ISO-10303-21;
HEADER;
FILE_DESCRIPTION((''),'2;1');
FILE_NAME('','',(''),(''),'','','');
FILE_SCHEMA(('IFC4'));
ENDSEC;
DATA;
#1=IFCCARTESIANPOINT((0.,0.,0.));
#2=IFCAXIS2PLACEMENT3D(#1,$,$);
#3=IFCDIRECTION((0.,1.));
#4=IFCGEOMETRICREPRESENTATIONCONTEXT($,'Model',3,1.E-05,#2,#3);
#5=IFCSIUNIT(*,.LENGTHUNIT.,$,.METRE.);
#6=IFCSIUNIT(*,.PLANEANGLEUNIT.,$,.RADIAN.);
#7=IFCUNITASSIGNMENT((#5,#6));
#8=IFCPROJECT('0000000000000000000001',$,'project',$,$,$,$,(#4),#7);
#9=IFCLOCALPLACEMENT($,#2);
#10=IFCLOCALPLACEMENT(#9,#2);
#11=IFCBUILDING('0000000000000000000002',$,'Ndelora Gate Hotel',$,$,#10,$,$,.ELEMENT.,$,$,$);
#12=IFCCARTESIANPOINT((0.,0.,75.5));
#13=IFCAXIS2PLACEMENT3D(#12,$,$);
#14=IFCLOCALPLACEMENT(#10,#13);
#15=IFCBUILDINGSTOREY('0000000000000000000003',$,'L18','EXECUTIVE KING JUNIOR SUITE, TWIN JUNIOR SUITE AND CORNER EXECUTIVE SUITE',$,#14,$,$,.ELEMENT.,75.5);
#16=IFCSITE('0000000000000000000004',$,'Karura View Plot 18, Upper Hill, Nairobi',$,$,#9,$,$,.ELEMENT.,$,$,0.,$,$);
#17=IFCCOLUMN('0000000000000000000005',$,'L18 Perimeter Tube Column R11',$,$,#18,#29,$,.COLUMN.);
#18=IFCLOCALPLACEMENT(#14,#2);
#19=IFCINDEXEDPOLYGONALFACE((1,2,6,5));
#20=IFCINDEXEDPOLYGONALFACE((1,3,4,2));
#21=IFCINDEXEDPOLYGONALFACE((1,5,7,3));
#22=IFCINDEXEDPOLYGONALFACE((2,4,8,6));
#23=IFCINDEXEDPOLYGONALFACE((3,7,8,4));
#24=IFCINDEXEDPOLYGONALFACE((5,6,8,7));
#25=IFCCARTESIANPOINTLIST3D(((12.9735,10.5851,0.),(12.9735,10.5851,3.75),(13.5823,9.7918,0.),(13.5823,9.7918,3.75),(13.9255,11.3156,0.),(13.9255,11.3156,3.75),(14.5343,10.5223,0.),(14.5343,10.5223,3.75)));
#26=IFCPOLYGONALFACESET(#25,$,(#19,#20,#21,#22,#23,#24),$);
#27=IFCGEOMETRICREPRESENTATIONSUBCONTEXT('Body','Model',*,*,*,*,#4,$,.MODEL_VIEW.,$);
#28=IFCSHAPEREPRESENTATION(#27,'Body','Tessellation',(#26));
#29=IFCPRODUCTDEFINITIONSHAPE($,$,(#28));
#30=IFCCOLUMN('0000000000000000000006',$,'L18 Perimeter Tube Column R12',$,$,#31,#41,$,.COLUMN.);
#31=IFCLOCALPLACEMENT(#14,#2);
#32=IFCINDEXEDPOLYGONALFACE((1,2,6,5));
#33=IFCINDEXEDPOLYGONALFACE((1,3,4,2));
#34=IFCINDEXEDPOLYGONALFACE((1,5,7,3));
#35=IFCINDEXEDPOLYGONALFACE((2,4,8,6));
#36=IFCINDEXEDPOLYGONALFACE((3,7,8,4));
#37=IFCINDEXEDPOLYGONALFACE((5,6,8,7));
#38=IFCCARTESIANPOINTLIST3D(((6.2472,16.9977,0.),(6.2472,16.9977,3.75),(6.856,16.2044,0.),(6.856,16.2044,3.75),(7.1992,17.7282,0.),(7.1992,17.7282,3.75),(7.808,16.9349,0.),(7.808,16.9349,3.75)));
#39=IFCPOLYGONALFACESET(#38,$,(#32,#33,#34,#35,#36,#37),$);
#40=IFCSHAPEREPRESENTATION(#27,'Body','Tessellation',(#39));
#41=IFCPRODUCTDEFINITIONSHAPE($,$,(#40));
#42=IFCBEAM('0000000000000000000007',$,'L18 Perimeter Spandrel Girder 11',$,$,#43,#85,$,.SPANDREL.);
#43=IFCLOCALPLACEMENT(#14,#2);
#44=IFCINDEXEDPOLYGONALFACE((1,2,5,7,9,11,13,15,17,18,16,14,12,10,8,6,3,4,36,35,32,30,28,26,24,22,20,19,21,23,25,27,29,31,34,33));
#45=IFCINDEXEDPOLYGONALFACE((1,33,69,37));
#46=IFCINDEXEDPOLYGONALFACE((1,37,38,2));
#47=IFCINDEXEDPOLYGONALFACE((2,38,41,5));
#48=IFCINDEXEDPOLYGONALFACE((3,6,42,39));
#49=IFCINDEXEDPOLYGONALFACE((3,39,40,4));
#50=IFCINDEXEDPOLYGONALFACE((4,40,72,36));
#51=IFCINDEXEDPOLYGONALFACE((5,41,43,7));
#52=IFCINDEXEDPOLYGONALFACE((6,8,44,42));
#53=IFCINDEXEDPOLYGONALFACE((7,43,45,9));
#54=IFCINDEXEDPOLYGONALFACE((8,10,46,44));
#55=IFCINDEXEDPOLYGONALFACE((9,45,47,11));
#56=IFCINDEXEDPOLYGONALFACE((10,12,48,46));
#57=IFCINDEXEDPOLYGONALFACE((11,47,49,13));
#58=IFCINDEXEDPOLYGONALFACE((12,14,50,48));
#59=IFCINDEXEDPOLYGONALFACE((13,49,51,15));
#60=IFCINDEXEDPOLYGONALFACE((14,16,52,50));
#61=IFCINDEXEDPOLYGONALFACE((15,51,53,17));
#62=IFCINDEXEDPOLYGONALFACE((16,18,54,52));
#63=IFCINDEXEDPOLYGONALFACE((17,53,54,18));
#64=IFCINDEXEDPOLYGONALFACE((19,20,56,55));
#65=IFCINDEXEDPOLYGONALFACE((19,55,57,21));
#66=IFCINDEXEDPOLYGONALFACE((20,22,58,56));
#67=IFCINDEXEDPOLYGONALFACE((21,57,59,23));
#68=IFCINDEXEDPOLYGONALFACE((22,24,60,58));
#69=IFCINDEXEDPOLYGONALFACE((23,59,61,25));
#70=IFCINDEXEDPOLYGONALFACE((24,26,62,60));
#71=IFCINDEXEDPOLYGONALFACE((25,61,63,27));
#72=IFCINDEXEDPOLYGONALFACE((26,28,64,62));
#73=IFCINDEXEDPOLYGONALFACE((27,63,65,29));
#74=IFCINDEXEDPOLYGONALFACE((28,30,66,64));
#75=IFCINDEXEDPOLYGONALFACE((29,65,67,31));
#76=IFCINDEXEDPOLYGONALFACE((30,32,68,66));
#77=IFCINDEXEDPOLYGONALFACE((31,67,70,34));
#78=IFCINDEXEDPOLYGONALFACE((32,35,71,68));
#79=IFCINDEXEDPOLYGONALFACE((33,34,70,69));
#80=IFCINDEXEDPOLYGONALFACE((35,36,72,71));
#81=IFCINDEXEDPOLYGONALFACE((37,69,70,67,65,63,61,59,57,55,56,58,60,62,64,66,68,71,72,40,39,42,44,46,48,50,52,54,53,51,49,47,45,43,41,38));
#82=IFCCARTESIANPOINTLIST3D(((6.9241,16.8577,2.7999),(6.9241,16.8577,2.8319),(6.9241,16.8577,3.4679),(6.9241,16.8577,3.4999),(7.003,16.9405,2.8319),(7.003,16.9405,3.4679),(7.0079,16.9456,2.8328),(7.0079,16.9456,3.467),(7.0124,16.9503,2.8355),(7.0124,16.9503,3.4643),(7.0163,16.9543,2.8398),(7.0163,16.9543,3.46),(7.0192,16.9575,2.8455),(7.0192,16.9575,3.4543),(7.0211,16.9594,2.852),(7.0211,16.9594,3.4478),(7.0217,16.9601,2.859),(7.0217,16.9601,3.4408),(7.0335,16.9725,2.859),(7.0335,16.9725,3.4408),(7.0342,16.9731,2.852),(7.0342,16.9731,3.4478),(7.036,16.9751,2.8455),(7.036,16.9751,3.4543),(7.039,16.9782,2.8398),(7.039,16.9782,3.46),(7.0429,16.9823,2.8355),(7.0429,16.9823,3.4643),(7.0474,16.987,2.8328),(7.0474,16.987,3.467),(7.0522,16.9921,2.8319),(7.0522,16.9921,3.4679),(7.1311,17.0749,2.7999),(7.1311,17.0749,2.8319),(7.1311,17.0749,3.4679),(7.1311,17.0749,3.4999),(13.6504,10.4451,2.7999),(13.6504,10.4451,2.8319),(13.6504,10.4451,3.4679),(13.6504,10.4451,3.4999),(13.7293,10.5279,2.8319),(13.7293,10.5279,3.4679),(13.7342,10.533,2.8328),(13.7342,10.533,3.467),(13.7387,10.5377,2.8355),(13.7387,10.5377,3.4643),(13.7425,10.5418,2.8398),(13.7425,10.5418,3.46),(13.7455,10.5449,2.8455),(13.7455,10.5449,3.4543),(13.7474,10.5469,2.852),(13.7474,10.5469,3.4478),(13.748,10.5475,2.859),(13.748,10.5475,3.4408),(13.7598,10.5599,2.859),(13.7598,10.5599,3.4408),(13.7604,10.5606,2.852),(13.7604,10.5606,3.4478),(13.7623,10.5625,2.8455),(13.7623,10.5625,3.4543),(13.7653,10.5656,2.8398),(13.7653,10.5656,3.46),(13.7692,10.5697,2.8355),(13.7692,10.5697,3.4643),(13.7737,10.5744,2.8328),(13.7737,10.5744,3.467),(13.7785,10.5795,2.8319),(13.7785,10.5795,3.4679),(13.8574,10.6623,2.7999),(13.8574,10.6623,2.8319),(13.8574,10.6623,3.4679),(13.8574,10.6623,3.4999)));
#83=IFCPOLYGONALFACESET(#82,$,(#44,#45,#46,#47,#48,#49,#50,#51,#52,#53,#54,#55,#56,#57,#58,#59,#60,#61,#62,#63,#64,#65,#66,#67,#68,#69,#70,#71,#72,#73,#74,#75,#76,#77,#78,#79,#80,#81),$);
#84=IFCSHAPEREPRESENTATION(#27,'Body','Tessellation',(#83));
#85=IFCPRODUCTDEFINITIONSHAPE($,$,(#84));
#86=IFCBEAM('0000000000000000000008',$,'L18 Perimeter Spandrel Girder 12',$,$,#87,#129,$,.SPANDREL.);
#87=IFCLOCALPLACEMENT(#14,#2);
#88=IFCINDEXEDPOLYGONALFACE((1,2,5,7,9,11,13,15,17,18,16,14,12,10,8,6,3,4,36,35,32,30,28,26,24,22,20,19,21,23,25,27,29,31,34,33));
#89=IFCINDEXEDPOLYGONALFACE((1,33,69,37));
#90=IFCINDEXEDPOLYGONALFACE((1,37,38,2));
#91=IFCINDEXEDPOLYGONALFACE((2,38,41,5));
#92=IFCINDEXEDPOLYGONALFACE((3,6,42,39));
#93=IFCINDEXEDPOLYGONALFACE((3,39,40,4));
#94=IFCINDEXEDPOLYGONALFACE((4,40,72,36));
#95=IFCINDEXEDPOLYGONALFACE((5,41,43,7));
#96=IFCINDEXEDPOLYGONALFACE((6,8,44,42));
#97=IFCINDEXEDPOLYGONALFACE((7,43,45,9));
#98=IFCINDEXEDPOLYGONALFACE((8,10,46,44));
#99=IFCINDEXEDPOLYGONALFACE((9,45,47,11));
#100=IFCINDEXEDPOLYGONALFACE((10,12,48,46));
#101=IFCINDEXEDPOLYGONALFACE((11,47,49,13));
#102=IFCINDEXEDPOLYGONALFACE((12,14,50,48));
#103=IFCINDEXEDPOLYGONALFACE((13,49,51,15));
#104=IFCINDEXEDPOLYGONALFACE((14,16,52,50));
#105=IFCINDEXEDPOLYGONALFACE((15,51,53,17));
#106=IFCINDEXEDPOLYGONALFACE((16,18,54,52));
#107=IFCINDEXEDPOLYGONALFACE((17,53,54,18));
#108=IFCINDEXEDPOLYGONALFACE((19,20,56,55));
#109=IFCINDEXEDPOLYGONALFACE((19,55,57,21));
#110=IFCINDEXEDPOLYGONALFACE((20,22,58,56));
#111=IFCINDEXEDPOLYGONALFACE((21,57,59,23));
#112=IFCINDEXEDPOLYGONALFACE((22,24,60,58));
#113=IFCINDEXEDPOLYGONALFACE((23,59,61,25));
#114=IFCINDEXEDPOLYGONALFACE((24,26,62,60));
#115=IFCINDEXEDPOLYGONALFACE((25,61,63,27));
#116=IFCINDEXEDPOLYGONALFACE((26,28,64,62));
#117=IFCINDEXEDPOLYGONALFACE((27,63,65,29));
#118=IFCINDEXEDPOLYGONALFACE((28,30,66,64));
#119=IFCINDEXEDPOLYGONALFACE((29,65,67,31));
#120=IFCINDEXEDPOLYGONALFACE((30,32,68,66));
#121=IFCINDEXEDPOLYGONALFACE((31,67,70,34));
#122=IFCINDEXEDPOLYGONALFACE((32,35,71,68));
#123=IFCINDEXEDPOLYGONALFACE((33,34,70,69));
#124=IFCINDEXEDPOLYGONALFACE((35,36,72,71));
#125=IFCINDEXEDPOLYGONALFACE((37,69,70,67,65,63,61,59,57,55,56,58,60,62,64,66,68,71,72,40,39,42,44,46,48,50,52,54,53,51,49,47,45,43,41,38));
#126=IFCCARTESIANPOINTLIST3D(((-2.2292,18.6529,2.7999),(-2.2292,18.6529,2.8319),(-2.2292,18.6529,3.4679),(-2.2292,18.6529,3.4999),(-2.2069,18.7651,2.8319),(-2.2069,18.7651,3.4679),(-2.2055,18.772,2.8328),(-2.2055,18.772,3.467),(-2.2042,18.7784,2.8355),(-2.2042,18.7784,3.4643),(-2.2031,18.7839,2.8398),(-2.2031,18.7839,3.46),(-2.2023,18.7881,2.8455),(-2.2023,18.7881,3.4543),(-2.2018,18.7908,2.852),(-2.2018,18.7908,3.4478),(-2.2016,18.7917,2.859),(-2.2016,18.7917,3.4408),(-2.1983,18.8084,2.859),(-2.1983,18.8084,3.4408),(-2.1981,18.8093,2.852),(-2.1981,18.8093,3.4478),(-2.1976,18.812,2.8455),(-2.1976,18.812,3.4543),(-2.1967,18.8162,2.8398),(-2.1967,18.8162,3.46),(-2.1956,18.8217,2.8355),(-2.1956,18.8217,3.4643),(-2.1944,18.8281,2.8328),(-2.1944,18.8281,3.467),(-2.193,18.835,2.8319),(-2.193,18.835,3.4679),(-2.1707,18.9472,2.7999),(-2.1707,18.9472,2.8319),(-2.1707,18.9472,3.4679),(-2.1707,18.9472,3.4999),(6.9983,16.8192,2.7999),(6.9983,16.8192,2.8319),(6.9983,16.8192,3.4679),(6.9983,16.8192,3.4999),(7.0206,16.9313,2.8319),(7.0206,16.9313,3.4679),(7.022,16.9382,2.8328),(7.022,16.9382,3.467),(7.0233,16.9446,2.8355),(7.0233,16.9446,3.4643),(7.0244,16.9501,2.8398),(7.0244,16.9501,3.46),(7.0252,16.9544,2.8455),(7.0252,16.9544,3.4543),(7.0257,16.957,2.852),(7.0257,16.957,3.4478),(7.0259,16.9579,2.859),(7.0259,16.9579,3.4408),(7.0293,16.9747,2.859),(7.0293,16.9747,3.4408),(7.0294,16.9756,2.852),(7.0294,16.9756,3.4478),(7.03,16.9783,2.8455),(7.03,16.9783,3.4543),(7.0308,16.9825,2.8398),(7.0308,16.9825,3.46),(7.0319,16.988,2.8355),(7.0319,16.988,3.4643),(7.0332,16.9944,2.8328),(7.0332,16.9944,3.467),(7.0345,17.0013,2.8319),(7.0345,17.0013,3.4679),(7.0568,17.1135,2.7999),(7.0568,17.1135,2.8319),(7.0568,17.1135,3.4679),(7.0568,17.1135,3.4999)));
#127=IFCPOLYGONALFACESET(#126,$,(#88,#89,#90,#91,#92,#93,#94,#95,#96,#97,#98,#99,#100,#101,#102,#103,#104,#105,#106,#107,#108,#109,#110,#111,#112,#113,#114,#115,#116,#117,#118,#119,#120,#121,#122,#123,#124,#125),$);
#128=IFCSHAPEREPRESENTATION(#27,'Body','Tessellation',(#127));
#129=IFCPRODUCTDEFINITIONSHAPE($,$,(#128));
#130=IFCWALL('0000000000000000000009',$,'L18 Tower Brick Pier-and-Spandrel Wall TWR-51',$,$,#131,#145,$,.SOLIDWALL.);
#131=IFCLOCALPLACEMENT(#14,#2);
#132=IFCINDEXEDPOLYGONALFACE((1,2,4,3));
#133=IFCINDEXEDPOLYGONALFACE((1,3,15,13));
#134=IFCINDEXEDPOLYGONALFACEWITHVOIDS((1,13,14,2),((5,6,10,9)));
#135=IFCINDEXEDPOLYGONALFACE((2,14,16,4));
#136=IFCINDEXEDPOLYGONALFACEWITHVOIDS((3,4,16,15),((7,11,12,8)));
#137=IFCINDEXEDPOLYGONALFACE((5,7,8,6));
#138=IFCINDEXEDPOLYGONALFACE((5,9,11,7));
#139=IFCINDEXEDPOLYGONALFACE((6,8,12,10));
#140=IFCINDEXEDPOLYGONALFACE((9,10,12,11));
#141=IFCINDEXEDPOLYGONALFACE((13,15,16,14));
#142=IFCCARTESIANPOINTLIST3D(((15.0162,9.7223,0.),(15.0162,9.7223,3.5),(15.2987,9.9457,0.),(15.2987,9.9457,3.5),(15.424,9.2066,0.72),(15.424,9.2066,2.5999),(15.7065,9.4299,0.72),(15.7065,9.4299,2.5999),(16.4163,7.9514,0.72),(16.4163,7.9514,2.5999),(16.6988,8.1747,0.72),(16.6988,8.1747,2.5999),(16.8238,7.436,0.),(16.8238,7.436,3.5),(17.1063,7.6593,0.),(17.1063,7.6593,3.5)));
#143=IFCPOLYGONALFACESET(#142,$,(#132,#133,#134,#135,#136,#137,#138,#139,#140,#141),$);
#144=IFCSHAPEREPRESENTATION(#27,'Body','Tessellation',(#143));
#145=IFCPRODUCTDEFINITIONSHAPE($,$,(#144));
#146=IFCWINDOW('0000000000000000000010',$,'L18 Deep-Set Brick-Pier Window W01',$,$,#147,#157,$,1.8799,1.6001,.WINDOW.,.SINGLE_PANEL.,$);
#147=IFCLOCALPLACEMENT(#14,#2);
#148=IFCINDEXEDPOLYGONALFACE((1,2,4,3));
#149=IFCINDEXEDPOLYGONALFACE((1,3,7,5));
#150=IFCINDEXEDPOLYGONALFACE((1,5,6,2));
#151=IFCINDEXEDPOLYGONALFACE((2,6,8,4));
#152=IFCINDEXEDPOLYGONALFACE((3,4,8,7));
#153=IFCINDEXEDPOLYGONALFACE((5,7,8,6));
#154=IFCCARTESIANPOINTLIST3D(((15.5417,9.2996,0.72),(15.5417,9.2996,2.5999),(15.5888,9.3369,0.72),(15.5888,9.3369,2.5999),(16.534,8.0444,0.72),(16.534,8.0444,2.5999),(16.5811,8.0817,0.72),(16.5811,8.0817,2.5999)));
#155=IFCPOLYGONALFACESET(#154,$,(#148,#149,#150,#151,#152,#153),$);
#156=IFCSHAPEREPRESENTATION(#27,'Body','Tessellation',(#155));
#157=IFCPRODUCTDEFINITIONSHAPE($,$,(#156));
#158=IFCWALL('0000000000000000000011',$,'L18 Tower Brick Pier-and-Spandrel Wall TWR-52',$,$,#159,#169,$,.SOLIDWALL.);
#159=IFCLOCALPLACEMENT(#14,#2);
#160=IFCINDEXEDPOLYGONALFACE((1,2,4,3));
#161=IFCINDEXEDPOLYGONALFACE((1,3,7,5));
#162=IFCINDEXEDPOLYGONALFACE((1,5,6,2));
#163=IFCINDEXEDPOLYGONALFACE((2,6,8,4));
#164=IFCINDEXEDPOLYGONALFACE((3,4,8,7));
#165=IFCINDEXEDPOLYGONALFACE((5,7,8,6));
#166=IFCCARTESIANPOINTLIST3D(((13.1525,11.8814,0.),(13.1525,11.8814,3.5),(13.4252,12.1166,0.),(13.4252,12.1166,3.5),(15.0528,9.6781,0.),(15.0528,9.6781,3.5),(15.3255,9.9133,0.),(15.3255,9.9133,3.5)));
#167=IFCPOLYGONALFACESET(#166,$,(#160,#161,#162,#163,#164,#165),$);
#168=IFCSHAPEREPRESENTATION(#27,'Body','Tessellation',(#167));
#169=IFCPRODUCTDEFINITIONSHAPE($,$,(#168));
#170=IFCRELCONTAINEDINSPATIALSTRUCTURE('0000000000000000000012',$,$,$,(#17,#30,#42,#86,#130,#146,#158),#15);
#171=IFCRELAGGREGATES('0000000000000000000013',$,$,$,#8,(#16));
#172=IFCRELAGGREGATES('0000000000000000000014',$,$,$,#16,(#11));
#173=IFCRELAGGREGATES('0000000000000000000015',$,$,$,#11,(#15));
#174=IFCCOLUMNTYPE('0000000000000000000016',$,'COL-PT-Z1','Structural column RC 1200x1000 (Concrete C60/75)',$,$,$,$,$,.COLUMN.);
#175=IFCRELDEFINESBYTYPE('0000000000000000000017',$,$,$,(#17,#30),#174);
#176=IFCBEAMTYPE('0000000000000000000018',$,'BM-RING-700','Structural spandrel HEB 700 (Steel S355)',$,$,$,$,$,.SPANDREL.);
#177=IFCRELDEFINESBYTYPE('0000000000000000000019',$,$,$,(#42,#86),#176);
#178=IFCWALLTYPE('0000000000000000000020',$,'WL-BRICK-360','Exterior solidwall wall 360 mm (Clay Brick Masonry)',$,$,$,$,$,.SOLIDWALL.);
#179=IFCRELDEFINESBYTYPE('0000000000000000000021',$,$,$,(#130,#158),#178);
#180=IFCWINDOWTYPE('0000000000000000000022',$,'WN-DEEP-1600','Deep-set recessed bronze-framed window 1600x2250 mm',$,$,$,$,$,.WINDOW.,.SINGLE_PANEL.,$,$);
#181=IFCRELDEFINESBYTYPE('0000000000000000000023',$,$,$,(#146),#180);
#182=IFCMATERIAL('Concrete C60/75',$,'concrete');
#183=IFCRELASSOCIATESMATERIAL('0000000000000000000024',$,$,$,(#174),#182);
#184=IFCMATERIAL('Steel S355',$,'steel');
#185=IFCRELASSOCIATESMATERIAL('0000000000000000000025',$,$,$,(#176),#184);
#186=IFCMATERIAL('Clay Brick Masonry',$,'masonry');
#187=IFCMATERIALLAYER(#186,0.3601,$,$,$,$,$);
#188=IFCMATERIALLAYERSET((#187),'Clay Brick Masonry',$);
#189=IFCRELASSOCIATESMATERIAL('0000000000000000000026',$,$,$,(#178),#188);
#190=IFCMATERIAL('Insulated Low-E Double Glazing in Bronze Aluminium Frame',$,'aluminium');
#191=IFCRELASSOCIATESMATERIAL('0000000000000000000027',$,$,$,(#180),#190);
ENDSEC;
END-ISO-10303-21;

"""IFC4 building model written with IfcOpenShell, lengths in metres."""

from ifc_helpers import new_model, si_unit, direction, frame, frame_2d, origin, origin_2d, place, context, subcontext, project, spatial, rectangle, i_section, extrude, material, layer, layer_set, material_profile, profile_set, type_object, element, fill, save


model = new_model("IFC4")

# Units and contexts
model_context = context("Model", 3, precision=1e-05, world=origin(), true_north=direction((0.0, 1.0)))
body_context = subcontext(model_context, "Body", "Model", "MODEL_VIEW")
ifc_project = project(units=[si_unit("LENGTHUNIT", "METRE"), si_unit("PLANEANGLEUNIT", "RADIAN")], contexts=[model_context])

# Site, building, storey
site_placement = place(None, origin())
site = spatial("IfcSite", under=ifc_project, at=site_placement, Name="Karura View Plot 18, Upper Hill, Nairobi", CompositionType="ELEMENT", RefElevation=0.0)
building_placement = place(site_placement, origin())
building = spatial("IfcBuilding", under=site, at=building_placement, Name="Ndelora Gate Hotel", CompositionType="ELEMENT")
storey_placement = place(building_placement, frame((0.0, 0.0, 75.5)))
storey = spatial("IfcBuildingStorey", under=building, at=storey_placement, Name="L18", Description="EXECUTIVE KING JUNIOR SUITE, TWIN JUNIOR SUITE AND CORNER EXECUTIVE SUITE", CompositionType="ELEMENT", Elevation=75.5)

# Columns
ifc_material_1 = material(Name="Concrete C60/75", Category="concrete")
ifc_material_profile_1 = material_profile(ifc_material_1, rectangle(XDim=1.0, YDim=1.2, at=origin_2d()), Name="RC 1200x1000")
ifc_profile_set_1 = profile_set([ifc_material_profile_1], Name="Concrete C60/75")
column_type = type_object("IfcColumnType", Name="COL-PT-Z1", Description="Structural column RC 1200x1000 (Concrete C60/75)", PredefinedType="COLUMN", material=ifc_profile_set_1)
for number, where, z_axis, x_axis, name in (
    (1, (13.7539, 10.5537, 0.0), (0.0, 0.0, 1.0), (-0.608761, 0.793353, 0.0), "L18 Perimeter Tube Column R11"),
    (2, (7.0276, 16.9663, 0.0), (0.0, 0.0, 1.0), (-0.608761, 0.793353, 0.0), "L18 Perimeter Tube Column R12"),
):
    element("IfcColumn", number, at=place(storey_placement, frame(where, z_axis=z_axis, x_axis=x_axis)), inside=storey, type_object=column_type, Name=name, PredefinedType="COLUMN", context=body_context, shape_type="SweptSolid", body=[
        extrude(rectangle(XDim=1.0, YDim=1.2, at=origin_2d()), origin(), (0.0, 0.0, 1.0), 3.75),
    ])

# Beams
ifc_material_2 = material(Name="Steel S355", Category="steel")
ifc_material_profile_2 = material_profile(ifc_material_2, i_section(OverallWidth=0.3, OverallDepth=0.7, WebThickness=0.0171, FlangeThickness=0.032, FilletRadius=0.0271, at=origin_2d()), Name="HEB 700")
ifc_profile_set_2 = profile_set([ifc_material_profile_2], Name="Steel S355")
beam_type = type_object("IfcBeamType", Name="BM-RING-700", Description="Structural spandrel HEB 700 (Steel S355)", PredefinedType="SPANDREL", material=ifc_profile_set_2)
beam_1_placement = place(storey_placement, frame((13.7539, 10.5537, 3.1499), z_axis=(-0.723784, 0.690026, 0.0), x_axis=(-0.690026, -0.723784, 0.0)))
element("IfcBeam", 3, at=beam_1_placement, inside=storey, type_object=beam_type, Name="L18 Perimeter Spandrel Girder 11", PredefinedType="SPANDREL", context=body_context, shape_type="SweptSolid", body=[
    extrude(i_section(OverallWidth=0.3, OverallDepth=0.7, WebThickness=0.0171, FlangeThickness=0.032, FilletRadius=0.0271, at=origin_2d()), origin(), (0.0, 0.0, 1.0), 9.2932),
])
beam_2_placement = place(storey_placement, frame((7.0276, 16.9663, 3.1499), z_axis=(-0.98082, 0.194913, 0.0), x_axis=(-0.194913, -0.98082, 0.0)))
element("IfcBeam", 4, at=beam_2_placement, inside=storey, type_object=beam_type, Name="L18 Perimeter Spandrel Girder 12", PredefinedType="SPANDREL", context=body_context, shape_type="SweptSolid", body=[
    extrude(i_section(OverallWidth=0.3, OverallDepth=0.7, WebThickness=0.0171, FlangeThickness=0.032, FilletRadius=0.0271, at=origin_2d()), origin(), (0.0, 0.0, 1.0), 9.408),
])

# Wall, opening, window
ifc_material_3 = material(Name="Clay Brick Masonry", Category="masonry")
ifc_layer_1 = layer(ifc_material_3, 0.3601)
ifc_layer_set_1 = layer_set([ifc_layer_1], Name="Clay Brick Masonry")
wall_type_1 = type_object("IfcWallType", Name="WL-BRICK-360", Description="Exterior solidwall wall 360 mm (Clay Brick Masonry)", PredefinedType="SOLIDWALL", material=ifc_layer_set_1)
wall_1_placement = place(storey_placement, frame((15.1575, 9.834, 0.0), z_axis=(0.0, 0.0, 1.0), x_axis=(0.62019, -0.784452, 0.0)))
wall_1 = element("IfcWall", 5, at=wall_1_placement, inside=storey, type_object=wall_type_1, Name="L18 Tower Brick Pier-and-Spandrel Wall TWR-51", PredefinedType="SOLIDWALL", context=body_context, shape_type="SweptSolid", body=[
    extrude(rectangle(XDim=2.9146, YDim=0.3601, at=frame_2d((1.4573, 0.0))), origin(), (0.0, 0.0, 1.0), 3.5),
])
opening_1_placement = place(wall_1_placement, frame((0.6575, 0.0, 0.72)))
opening_1 = element("IfcOpeningElement", 6, at=opening_1_placement, cuts=wall_1, PredefinedType="OPENING", context=body_context, shape_type="SweptSolid", body=[
    extrude(rectangle(XDim=1.6001, YDim=1.8799, at=frame_2d((0.8, 0.9399))), frame((0.0, 0.1899, 0.0), z_axis=(0.0, -1.0, 0.0), x_axis=(1.0, 0.0, 0.0)), (0.0, 0.0, 1.0), 0.3801),
])
ifc_material_4 = material(Name="Insulated Low-E Double Glazing in Bronze Aluminium Frame", Category="aluminium")
window_type_1 = type_object("IfcWindowType", Name="WN-DEEP-1600", Description="Deep-set recessed bronze-framed window 1600x2250 mm", PartitioningType="SINGLE_PANEL", PredefinedType="WINDOW", material=ifc_material_4)
window_1_placement = place(opening_1_placement, origin())
window_1 = element("IfcWindow", 7, at=window_1_placement, inside=storey, type_object=window_type_1, Name="L18 Deep-Set Brick-Pier Window W01", OverallHeight=1.8799, OverallWidth=1.6001, PartitioningType="SINGLE_PANEL", PredefinedType="WINDOW", context=body_context, shape_type="SweptSolid", body=[
    extrude(rectangle(XDim=1.6001, YDim=1.8799, at=frame_2d((0.8, 0.9399))), frame((0.0, 0.03, 0.0), z_axis=(0.0, -1.0, 0.0), x_axis=(1.0, 0.0, 0.0)), (0.0, 0.0, 1.0), 0.0601),
])
fill(opening_1, window_1)

# Wall
wall_2_placement = place(storey_placement, frame((13.2888, 11.999, 0.0), z_axis=(0.0, 0.0, 1.0), x_axis=(0.653124, -0.757251, 0.0)))
element("IfcWall", 8, at=wall_2_placement, inside=storey, type_object=wall_type_1, Name="L18 Tower Brick Pier-and-Spandrel Wall TWR-52", PredefinedType="SOLIDWALL", context=body_context, shape_type="SweptSolid", body=[
    extrude(rectangle(XDim=2.9097, YDim=0.3601, at=frame_2d((1.4548, 0.0))), origin(), (0.0, 0.0, 1.0), 3.5),
])

save(model, "model.ifc")
